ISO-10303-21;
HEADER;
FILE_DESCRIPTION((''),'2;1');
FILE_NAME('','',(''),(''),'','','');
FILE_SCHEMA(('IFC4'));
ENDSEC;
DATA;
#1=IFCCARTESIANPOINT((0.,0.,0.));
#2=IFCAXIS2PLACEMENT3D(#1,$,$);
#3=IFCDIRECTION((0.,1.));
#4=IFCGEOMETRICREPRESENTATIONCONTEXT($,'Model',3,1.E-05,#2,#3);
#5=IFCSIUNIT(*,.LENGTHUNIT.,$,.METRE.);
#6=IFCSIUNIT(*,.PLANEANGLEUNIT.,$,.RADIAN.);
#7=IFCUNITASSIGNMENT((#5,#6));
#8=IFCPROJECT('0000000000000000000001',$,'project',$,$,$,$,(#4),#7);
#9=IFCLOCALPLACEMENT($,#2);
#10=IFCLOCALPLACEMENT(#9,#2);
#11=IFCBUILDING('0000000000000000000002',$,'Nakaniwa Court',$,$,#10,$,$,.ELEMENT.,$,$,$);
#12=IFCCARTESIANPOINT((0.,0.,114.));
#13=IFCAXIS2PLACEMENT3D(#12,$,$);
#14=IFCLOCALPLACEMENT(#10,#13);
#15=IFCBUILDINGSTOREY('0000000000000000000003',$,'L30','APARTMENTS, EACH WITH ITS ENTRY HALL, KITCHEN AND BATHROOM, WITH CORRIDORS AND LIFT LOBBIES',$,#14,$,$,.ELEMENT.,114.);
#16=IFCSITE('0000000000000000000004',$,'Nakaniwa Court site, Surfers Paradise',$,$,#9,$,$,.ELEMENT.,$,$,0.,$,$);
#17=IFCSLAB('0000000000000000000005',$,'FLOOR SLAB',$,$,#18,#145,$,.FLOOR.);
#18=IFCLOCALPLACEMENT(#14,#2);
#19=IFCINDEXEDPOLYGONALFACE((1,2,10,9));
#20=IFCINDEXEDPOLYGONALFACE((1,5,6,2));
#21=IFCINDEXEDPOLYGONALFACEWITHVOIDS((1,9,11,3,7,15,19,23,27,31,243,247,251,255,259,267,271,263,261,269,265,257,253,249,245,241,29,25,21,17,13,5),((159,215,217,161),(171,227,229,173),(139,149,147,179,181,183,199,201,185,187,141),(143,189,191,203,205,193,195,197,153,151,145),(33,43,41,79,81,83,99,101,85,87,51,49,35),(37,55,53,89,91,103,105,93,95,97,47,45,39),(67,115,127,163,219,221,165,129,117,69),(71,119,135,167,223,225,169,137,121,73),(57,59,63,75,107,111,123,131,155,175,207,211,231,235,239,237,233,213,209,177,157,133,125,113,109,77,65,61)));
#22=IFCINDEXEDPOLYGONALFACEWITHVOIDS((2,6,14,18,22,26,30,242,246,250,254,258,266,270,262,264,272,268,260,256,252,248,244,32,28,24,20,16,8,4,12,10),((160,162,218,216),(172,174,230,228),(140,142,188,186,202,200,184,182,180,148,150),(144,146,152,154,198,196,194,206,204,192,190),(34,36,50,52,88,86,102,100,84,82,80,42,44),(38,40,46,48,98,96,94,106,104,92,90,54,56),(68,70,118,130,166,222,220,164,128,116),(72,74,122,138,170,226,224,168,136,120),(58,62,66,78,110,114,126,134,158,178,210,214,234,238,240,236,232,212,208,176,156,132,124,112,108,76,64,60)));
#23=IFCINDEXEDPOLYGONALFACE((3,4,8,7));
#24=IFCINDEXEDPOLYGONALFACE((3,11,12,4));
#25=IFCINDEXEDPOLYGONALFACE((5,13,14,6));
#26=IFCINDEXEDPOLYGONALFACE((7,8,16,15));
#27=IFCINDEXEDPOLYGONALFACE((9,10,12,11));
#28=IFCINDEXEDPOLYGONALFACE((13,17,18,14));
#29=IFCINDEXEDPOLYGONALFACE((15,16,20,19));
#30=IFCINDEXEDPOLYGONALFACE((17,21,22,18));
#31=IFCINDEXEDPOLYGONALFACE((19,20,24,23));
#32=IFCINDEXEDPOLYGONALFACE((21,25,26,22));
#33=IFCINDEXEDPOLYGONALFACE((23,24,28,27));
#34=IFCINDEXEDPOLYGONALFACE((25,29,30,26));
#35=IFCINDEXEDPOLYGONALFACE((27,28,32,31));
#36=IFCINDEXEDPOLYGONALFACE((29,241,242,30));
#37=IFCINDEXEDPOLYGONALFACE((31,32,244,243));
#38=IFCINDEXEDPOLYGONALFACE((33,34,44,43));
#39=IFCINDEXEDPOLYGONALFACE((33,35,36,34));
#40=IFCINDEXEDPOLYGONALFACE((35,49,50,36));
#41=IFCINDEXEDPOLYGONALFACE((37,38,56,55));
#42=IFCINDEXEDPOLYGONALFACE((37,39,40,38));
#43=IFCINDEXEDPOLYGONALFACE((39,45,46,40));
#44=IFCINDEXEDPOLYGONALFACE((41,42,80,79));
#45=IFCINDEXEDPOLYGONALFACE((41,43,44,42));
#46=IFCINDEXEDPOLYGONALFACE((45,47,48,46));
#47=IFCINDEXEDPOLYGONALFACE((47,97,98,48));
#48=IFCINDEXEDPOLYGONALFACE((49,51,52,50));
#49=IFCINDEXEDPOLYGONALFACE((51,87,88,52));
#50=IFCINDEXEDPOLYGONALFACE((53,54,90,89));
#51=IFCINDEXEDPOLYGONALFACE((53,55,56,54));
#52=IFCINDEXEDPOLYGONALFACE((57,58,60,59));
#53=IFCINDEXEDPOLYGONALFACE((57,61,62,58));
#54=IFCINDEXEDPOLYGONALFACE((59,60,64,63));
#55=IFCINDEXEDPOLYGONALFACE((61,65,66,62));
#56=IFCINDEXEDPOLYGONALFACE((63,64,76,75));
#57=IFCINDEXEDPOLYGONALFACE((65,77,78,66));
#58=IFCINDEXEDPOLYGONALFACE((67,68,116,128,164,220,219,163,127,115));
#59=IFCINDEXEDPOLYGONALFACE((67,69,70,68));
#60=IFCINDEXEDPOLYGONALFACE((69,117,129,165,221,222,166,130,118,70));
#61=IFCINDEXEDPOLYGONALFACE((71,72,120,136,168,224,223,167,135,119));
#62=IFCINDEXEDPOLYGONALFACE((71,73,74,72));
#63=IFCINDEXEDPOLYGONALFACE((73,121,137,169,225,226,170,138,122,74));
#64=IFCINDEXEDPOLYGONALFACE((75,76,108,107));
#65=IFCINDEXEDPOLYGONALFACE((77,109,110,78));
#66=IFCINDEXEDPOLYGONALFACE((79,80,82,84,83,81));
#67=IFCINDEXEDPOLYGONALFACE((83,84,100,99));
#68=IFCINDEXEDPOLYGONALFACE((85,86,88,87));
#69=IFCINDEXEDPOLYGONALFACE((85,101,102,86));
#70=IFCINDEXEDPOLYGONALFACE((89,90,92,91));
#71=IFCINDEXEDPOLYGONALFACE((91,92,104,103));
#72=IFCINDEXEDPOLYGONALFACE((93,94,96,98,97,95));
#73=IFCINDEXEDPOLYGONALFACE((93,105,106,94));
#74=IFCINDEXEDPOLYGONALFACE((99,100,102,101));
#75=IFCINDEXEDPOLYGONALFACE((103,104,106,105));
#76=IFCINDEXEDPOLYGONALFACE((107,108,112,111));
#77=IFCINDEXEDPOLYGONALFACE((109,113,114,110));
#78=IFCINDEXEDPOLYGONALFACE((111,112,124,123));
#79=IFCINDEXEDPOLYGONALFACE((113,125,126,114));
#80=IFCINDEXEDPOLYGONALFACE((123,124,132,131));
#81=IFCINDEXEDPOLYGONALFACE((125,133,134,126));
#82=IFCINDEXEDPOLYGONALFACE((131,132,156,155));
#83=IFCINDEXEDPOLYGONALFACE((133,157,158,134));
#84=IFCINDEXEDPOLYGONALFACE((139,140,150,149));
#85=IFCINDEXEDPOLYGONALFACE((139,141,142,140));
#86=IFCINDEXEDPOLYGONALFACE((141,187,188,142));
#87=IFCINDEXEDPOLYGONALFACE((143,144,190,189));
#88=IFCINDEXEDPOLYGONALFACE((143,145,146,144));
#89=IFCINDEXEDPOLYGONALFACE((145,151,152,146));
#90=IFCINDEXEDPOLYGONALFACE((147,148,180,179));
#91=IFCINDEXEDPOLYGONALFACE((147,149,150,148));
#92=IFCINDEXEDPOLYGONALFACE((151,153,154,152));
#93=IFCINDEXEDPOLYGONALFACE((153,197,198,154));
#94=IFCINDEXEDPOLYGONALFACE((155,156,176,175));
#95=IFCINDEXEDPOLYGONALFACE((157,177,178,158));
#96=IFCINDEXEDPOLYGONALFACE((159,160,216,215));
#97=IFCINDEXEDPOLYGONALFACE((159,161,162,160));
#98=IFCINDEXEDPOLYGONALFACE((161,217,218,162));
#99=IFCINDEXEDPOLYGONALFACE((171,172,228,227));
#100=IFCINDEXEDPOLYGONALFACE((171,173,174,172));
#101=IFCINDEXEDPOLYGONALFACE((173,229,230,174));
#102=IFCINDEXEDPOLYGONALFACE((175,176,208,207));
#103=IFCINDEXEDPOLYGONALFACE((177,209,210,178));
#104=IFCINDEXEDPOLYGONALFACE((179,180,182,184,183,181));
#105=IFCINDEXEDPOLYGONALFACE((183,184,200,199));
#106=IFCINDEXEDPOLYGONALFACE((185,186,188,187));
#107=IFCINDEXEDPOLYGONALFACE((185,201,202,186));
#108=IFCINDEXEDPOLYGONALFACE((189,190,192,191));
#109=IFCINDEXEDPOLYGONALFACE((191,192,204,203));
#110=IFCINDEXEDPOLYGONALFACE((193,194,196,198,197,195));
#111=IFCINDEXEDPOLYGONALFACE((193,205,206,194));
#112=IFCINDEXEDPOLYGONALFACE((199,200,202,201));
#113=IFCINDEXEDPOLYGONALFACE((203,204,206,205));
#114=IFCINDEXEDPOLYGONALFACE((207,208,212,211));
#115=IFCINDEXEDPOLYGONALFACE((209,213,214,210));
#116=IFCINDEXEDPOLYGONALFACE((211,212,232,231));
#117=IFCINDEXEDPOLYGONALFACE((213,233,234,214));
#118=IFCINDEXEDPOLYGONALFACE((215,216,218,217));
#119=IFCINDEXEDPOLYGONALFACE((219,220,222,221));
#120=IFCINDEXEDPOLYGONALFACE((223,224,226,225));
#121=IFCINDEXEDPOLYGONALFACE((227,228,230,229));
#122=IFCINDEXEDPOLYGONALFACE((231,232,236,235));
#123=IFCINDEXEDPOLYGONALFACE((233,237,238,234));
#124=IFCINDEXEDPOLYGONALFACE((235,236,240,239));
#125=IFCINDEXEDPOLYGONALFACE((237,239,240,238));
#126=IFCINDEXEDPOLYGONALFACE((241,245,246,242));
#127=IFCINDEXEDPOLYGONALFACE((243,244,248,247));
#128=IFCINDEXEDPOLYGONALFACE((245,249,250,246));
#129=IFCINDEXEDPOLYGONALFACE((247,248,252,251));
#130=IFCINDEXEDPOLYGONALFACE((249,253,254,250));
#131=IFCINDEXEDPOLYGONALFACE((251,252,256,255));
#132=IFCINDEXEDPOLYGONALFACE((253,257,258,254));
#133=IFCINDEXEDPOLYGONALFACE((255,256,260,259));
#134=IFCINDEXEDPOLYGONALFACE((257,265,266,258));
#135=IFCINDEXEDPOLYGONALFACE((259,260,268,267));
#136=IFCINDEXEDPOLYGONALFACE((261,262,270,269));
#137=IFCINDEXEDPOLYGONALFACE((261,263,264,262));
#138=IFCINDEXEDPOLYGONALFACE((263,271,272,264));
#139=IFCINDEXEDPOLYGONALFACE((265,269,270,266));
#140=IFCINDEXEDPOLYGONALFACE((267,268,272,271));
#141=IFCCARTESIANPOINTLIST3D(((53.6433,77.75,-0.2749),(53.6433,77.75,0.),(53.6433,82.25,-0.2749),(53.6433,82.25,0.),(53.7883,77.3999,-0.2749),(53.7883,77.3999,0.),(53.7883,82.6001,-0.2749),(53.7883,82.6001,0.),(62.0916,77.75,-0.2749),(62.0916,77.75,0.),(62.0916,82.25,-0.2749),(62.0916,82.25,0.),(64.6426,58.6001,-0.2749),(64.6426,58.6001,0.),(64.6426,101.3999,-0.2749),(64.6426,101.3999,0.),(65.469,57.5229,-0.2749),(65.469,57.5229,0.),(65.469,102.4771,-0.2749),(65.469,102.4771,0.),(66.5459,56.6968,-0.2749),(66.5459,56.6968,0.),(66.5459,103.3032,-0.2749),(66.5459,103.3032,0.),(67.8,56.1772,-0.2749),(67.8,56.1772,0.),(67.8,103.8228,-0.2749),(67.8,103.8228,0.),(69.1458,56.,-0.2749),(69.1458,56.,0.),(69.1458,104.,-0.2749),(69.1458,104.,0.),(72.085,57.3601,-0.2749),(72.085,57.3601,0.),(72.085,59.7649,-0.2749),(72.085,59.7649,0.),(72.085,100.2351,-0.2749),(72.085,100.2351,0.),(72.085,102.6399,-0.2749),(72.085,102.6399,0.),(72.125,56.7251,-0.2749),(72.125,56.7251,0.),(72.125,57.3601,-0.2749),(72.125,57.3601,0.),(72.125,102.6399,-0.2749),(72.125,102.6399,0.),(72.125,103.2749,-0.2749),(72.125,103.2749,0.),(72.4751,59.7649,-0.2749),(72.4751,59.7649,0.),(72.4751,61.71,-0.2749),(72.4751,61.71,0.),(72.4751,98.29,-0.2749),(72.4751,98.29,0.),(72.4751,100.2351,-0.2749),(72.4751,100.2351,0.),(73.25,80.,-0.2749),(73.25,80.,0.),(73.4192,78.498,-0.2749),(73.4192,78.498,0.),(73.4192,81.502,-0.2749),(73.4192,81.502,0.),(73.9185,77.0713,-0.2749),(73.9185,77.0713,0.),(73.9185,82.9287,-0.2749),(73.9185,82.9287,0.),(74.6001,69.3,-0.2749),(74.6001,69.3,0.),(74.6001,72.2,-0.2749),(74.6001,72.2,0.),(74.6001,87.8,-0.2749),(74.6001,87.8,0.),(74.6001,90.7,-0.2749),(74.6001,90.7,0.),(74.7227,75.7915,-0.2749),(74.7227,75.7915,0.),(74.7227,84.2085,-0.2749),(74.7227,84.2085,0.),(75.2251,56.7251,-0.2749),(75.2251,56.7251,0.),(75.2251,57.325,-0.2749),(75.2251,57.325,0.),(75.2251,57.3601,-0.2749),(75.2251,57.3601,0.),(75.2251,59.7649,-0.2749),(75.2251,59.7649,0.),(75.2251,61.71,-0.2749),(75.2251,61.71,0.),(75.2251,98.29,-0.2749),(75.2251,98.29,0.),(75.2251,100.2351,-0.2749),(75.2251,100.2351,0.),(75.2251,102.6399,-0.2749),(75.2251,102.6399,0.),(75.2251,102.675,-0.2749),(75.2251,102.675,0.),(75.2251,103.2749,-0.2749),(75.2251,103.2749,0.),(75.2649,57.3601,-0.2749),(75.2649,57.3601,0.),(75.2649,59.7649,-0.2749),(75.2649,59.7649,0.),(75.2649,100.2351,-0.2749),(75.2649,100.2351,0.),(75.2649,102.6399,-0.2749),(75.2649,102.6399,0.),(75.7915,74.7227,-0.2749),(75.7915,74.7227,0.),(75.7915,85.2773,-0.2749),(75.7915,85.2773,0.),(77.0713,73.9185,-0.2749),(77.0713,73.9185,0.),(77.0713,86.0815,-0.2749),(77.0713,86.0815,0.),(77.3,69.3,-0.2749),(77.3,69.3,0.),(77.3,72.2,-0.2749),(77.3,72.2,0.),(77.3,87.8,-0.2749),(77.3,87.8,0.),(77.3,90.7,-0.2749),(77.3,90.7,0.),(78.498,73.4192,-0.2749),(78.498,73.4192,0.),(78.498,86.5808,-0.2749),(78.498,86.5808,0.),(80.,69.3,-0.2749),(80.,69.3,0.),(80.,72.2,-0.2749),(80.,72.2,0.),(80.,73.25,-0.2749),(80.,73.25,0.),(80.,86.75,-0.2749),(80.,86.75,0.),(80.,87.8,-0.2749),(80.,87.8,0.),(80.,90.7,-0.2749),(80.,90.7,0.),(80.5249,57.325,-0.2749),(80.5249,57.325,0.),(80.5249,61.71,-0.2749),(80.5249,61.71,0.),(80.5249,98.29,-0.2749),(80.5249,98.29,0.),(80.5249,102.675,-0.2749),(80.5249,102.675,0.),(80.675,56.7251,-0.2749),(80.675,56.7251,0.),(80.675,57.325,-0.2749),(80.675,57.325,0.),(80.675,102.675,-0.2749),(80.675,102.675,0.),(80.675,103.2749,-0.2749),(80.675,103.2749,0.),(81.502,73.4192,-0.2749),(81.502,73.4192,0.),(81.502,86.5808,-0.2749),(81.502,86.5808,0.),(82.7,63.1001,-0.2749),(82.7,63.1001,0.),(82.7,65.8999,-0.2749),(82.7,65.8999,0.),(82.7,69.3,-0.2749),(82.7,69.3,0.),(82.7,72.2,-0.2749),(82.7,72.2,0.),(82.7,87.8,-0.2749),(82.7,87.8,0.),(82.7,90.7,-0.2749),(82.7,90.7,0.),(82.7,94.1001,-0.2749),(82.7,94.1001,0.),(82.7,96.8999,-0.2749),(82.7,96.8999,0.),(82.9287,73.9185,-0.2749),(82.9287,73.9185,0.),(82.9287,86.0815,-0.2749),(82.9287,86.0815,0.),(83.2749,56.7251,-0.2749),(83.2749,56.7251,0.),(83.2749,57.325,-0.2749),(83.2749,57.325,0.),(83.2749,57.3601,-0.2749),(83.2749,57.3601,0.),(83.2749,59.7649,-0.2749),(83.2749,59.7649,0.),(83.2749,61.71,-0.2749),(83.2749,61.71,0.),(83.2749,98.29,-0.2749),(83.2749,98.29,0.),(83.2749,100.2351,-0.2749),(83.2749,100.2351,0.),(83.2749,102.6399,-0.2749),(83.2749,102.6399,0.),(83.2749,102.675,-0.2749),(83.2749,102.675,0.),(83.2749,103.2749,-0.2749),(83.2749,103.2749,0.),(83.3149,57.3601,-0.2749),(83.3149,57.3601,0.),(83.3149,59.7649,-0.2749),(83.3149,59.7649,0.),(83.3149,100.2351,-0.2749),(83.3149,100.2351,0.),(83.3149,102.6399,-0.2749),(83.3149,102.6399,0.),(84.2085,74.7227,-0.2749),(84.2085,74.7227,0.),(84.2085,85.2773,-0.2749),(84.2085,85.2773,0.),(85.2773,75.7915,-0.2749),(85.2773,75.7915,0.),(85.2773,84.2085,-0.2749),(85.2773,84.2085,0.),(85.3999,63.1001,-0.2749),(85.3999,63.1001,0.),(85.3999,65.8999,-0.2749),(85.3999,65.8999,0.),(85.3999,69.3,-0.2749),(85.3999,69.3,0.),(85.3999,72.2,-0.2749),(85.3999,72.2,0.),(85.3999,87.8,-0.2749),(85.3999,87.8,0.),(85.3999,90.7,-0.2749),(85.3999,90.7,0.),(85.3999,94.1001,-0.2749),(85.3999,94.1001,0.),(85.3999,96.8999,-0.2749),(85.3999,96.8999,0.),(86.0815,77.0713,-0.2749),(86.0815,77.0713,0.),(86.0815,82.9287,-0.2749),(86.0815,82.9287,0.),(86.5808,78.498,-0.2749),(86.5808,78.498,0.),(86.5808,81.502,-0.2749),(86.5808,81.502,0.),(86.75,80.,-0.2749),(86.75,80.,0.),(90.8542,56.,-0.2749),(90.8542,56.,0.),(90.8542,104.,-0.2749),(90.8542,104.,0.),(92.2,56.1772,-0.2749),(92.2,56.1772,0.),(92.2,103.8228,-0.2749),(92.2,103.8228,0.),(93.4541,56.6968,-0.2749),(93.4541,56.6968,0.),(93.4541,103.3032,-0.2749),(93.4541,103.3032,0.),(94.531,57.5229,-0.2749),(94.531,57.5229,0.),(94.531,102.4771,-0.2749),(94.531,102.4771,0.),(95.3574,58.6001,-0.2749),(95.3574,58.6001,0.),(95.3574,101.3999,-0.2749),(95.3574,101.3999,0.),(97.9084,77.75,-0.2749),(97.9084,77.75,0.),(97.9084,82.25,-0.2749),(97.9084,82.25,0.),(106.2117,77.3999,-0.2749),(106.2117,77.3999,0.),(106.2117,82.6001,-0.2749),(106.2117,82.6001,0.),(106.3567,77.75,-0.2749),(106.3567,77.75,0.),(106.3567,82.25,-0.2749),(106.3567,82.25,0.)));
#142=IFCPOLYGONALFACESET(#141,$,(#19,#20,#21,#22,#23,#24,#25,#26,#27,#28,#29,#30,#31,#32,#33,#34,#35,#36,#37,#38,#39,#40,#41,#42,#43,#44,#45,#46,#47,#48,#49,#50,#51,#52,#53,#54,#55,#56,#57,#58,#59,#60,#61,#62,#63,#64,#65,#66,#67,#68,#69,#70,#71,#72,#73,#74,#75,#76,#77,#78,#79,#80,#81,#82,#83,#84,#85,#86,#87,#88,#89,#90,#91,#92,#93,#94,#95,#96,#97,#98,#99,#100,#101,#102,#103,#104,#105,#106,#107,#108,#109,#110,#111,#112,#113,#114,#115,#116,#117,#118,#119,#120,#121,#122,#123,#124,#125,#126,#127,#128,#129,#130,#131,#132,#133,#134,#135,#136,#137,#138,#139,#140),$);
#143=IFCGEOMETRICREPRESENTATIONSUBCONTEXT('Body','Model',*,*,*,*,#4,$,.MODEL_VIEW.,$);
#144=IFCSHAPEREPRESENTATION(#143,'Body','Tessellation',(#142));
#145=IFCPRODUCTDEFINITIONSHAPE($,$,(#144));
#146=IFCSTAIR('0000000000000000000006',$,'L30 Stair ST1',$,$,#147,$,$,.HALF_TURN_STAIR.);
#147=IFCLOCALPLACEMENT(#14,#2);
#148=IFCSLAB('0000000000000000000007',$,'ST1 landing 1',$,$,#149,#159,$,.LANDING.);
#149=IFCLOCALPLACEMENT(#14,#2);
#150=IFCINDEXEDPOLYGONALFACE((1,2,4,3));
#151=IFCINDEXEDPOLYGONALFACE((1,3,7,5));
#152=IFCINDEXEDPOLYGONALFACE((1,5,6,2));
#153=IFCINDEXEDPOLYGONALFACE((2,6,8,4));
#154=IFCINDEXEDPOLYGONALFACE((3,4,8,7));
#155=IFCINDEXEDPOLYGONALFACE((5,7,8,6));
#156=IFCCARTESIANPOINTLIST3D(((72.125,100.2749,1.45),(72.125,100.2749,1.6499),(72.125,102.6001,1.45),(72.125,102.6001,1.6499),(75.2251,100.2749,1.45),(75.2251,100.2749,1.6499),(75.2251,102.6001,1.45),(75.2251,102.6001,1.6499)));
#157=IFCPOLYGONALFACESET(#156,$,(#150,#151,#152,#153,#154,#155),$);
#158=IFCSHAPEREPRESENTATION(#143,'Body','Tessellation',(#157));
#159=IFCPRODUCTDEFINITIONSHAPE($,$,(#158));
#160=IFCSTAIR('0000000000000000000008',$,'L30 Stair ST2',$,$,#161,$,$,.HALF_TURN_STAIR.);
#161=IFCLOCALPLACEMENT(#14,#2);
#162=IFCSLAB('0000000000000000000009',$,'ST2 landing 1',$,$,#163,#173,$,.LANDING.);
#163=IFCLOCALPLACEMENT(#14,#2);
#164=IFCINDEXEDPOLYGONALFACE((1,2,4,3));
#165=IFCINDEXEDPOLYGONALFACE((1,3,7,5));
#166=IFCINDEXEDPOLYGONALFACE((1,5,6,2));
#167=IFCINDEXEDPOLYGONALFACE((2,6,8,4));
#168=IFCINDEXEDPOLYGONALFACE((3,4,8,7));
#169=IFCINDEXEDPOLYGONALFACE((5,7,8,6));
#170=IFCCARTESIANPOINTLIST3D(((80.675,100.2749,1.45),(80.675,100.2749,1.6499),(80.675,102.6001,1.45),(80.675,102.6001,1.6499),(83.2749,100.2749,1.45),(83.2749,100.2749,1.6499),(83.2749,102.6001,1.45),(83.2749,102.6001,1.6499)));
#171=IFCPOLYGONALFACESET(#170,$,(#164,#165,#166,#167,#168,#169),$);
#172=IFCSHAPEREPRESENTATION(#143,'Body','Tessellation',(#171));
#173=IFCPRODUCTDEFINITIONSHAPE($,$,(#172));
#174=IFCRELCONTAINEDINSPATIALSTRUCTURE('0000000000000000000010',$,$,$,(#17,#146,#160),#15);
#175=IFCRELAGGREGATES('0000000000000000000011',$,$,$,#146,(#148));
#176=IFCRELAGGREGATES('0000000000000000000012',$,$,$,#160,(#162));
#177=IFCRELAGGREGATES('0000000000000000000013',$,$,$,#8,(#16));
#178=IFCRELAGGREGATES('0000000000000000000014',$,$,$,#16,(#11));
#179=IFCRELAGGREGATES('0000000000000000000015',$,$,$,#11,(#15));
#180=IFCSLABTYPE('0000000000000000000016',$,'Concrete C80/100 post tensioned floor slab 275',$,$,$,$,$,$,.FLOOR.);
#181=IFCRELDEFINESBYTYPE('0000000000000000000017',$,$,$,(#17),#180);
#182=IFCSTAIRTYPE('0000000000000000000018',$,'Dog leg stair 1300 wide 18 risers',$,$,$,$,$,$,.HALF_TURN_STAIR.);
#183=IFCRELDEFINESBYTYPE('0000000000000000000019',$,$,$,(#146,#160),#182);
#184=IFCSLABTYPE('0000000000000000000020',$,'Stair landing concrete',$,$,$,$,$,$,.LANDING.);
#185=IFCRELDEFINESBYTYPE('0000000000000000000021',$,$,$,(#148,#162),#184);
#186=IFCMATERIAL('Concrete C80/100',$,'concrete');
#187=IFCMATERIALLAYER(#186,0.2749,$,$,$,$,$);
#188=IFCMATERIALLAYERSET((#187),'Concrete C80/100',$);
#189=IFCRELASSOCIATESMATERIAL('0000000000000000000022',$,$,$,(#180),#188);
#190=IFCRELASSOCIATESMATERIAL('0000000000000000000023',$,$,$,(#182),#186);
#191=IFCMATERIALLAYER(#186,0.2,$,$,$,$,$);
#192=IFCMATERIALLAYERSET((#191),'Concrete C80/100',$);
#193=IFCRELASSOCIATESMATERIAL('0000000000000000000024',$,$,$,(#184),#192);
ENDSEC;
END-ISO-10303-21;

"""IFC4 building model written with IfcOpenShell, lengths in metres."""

from ifc_helpers import new_model, si_unit, direction, frame, origin, place, context, subcontext, project, spatial, polyline, outline, extrude, material, layer, layer_set, type_object, element, aggregate, save


model = new_model("IFC4")

# Units and contexts
model_context = context("Model", 3, precision=1e-05, world=origin(), true_north=direction((0.0, 1.0)))
body_context = subcontext(model_context, "Body", "Model", "MODEL_VIEW")
ifc_project = project(units=[si_unit("LENGTHUNIT", "METRE"), si_unit("PLANEANGLEUNIT", "RADIAN")], contexts=[model_context])

# Site, building, storey
site_placement = place(None, origin())
site = spatial("IfcSite", under=ifc_project, at=site_placement, Name="Nakaniwa Court site, Surfers Paradise", CompositionType="ELEMENT", RefElevation=0.0)
building_placement = place(site_placement, origin())
building = spatial("IfcBuilding", under=site, at=building_placement, Name="Nakaniwa Court", CompositionType="ELEMENT")
storey_placement = place(building_placement, frame((0.0, 0.0, 114.0)))
storey = spatial("IfcBuildingStorey", under=building, at=storey_placement, Name="L30", Description="APARTMENTS, EACH WITH ITS ENTRY HALL, KITCHEN AND BATHROOM, WITH CORRIDORS AND LIFT LOBBIES", CompositionType="ELEMENT", Elevation=114.0)

# Shared definitions
ifc_material_1 = material(Name="Concrete C80/100", Category="concrete")

# Slab
ifc_layer_1 = layer(ifc_material_1, 0.2749)
ifc_layer_set_1 = layer_set([ifc_layer_1], Name="Concrete C80/100")
slab_type_1 = type_object("IfcSlabType", Name="Concrete C80/100 post tensioned floor slab 275", PredefinedType="FLOOR", material=ifc_layer_set_1)
slab_1_placement = place(storey_placement, frame((0.0, 0.0, -0.2749)))
element("IfcSlab", 1, at=slab_1_placement, inside=storey, type_object=slab_type_1, Name="FLOOR SLAB", PredefinedType="FLOOR", context=body_context, shape_type="SweptSolid", body=[
    extrude(outline(polyline([(97.9084, 82.25), (106.3567, 82.25), (106.2117, 82.6001), (95.3574, 101.3999), (94.531, 102.4771), (93.4541, 103.3032), (92.2, 103.8228), (90.8542, 104.0), (69.1458, 104.0), (67.8, 103.8228), (66.5459, 103.3032), (65.469, 102.4771), (64.6426, 101.3999), (53.7883, 82.6001), (53.6433, 82.25), (62.0916, 82.25), (62.0916, 77.75), (53.6433, 77.75), (53.7883, 77.3999), (64.6426, 58.6001), (65.469, 57.5229), (66.5459, 56.6968), (67.8, 56.1772), (69.1458, 56.0), (90.8542, 56.0), (92.2, 56.1772), (93.4541, 56.6968), (94.531, 57.5229), (95.3574, 58.6001), (106.2117, 77.3999), (106.3567, 77.75), (97.9084, 77.75), (97.9084, 82.25)]), holes=[polyline([(81.502, 86.5808), (80.0, 86.75), (78.498, 86.5808), (77.0713, 86.0815), (75.7915, 85.2773), (74.7227, 84.2085), (73.9185, 82.9287), (73.4192, 81.502), (73.25, 80.0), (73.4192, 78.498), (73.9185, 77.0713), (74.7227, 75.7915), (75.7915, 74.7227), (77.0713, 73.9185), (78.498, 73.4192), (80.0, 73.25), (81.502, 73.4192), (82.9287, 73.9185), (84.2085, 74.7227), (85.2773, 75.7915), (86.0815, 77.0713), (86.5808, 78.498), (86.75, 80.0), (86.5808, 81.502), (86.0815, 82.9287), (85.2773, 84.2085), (84.2085, 85.2773), (82.9287, 86.0815), (81.502, 86.5808)]), polyline([(75.2649, 57.3601), (75.2649, 59.7649), (75.2251, 59.7649), (75.2251, 61.71), (72.4751, 61.71), (72.4751, 59.7649), (72.085, 59.7649), (72.085, 57.3601), (72.125, 57.3601), (72.125, 56.7251), (75.2251, 56.7251), (75.2251, 57.325), (75.2251, 57.3601), (75.2649, 57.3601)]), polyline([(80.0, 69.3), (82.7, 69.3), (85.3999, 69.3), (85.3999, 72.2), (82.7, 72.2), (80.0, 72.2), (77.3, 72.2), (74.6001, 72.2), (74.6001, 69.3), (77.3, 69.3), (80.0, 69.3)]), polyline([(80.0, 87.8), (82.7, 87.8), (85.3999, 87.8), (85.3999, 90.7), (82.7, 90.7), (80.0, 90.7), (77.3, 90.7), (74.6001, 90.7), (74.6001, 87.8), (77.3, 87.8), (80.0, 87.8)]), polyline([(75.2649, 100.2351), (75.2649, 102.6399), (75.2251, 102.6399), (75.2251, 102.675), (75.2251, 103.2749), (72.125, 103.2749), (72.125, 102.6399), (72.085, 102.6399), (72.085, 100.2351), (72.4751, 100.2351), (72.4751, 98.29), (75.2251, 98.29), (75.2251, 100.2351), (75.2649, 100.2351)]), polyline([(83.2749, 61.71), (80.5249, 61.71), (80.5249, 57.325), (80.675, 57.325), (80.675, 56.7251), (83.2749, 56.7251), (83.2749, 57.325), (83.2749, 57.3601), (83.3149, 57.3601), (83.3149, 59.7649), (83.2749, 59.7649), (83.2749, 61.71)]), polyline([(85.3999, 65.8999), (82.7, 65.8999), (82.7, 63.1001), (85.3999, 63.1001), (85.3999, 65.8999)]), polyline([(85.3999, 96.8999), (82.7, 96.8999), (82.7, 94.1001), (85.3999, 94.1001), (85.3999, 96.8999)]), polyline([(83.2749, 100.2351), (83.3149, 100.2351), (83.3149, 102.6399), (83.2749, 102.6399), (83.2749, 102.675), (83.2749, 103.2749), (80.675, 103.2749), (80.675, 102.675), (80.5249, 102.675), (80.5249, 98.29), (83.2749, 98.29), (83.2749, 100.2351)])]), origin(), (0.0, 0.0, 1.0), 0.2749),
])

# Stairs, slabs
stair_type = type_object("IfcStairType", Name="Dog leg stair 1300 wide 18 risers", PredefinedType="HALF_TURN_STAIR", material=ifc_material_1)
stair_1_placement = place(storey_placement, origin())
stair_1 = element("IfcStair", 2, at=stair_1_placement, inside=storey, type_object=stair_type, Name="L30 Stair ST1", PredefinedType="HALF_TURN_STAIR")
ifc_layer_2 = layer(ifc_material_1, 0.2)
ifc_layer_set_2 = layer_set([ifc_layer_2], Name="Concrete C80/100")
slab_type_2 = type_object("IfcSlabType", Name="Stair landing concrete", PredefinedType="LANDING", material=ifc_layer_set_2)
slab_2_placement = place(storey_placement, frame((0.0, 0.0, 1.45)))
slab_2 = element("IfcSlab", 3, at=slab_2_placement, type_object=slab_type_2, Name="ST1 landing 1", PredefinedType="LANDING", context=body_context, shape_type="SweptSolid", body=[
    extrude(outline(polyline([(75.2251, 100.2749), (75.2251, 102.6001), (72.125, 102.6001), (72.125, 100.2749), (75.2251, 100.2749)])), origin(), (0.0, 0.0, 1.0), 0.2),
])
aggregate(stair_1, [slab_2])
stair_2_placement = place(storey_placement, origin())
stair_2 = element("IfcStair", 4, at=stair_2_placement, inside=storey, type_object=stair_type, Name="L30 Stair ST2", PredefinedType="HALF_TURN_STAIR")
slab_3_placement = place(storey_placement, frame((0.0, 0.0, 1.45)))
slab_3 = element("IfcSlab", 5, at=slab_3_placement, type_object=slab_type_2, Name="ST2 landing 1", PredefinedType="LANDING", context=body_context, shape_type="SweptSolid", body=[
    extrude(outline(polyline([(83.2749, 100.2749), (83.2749, 102.6001), (80.675, 102.6001), (80.675, 100.2749), (83.2749, 100.2749)])), origin(), (0.0, 0.0, 1.0), 0.2),
])
aggregate(stair_2, [slab_3])

save(model, "model.ifc")
